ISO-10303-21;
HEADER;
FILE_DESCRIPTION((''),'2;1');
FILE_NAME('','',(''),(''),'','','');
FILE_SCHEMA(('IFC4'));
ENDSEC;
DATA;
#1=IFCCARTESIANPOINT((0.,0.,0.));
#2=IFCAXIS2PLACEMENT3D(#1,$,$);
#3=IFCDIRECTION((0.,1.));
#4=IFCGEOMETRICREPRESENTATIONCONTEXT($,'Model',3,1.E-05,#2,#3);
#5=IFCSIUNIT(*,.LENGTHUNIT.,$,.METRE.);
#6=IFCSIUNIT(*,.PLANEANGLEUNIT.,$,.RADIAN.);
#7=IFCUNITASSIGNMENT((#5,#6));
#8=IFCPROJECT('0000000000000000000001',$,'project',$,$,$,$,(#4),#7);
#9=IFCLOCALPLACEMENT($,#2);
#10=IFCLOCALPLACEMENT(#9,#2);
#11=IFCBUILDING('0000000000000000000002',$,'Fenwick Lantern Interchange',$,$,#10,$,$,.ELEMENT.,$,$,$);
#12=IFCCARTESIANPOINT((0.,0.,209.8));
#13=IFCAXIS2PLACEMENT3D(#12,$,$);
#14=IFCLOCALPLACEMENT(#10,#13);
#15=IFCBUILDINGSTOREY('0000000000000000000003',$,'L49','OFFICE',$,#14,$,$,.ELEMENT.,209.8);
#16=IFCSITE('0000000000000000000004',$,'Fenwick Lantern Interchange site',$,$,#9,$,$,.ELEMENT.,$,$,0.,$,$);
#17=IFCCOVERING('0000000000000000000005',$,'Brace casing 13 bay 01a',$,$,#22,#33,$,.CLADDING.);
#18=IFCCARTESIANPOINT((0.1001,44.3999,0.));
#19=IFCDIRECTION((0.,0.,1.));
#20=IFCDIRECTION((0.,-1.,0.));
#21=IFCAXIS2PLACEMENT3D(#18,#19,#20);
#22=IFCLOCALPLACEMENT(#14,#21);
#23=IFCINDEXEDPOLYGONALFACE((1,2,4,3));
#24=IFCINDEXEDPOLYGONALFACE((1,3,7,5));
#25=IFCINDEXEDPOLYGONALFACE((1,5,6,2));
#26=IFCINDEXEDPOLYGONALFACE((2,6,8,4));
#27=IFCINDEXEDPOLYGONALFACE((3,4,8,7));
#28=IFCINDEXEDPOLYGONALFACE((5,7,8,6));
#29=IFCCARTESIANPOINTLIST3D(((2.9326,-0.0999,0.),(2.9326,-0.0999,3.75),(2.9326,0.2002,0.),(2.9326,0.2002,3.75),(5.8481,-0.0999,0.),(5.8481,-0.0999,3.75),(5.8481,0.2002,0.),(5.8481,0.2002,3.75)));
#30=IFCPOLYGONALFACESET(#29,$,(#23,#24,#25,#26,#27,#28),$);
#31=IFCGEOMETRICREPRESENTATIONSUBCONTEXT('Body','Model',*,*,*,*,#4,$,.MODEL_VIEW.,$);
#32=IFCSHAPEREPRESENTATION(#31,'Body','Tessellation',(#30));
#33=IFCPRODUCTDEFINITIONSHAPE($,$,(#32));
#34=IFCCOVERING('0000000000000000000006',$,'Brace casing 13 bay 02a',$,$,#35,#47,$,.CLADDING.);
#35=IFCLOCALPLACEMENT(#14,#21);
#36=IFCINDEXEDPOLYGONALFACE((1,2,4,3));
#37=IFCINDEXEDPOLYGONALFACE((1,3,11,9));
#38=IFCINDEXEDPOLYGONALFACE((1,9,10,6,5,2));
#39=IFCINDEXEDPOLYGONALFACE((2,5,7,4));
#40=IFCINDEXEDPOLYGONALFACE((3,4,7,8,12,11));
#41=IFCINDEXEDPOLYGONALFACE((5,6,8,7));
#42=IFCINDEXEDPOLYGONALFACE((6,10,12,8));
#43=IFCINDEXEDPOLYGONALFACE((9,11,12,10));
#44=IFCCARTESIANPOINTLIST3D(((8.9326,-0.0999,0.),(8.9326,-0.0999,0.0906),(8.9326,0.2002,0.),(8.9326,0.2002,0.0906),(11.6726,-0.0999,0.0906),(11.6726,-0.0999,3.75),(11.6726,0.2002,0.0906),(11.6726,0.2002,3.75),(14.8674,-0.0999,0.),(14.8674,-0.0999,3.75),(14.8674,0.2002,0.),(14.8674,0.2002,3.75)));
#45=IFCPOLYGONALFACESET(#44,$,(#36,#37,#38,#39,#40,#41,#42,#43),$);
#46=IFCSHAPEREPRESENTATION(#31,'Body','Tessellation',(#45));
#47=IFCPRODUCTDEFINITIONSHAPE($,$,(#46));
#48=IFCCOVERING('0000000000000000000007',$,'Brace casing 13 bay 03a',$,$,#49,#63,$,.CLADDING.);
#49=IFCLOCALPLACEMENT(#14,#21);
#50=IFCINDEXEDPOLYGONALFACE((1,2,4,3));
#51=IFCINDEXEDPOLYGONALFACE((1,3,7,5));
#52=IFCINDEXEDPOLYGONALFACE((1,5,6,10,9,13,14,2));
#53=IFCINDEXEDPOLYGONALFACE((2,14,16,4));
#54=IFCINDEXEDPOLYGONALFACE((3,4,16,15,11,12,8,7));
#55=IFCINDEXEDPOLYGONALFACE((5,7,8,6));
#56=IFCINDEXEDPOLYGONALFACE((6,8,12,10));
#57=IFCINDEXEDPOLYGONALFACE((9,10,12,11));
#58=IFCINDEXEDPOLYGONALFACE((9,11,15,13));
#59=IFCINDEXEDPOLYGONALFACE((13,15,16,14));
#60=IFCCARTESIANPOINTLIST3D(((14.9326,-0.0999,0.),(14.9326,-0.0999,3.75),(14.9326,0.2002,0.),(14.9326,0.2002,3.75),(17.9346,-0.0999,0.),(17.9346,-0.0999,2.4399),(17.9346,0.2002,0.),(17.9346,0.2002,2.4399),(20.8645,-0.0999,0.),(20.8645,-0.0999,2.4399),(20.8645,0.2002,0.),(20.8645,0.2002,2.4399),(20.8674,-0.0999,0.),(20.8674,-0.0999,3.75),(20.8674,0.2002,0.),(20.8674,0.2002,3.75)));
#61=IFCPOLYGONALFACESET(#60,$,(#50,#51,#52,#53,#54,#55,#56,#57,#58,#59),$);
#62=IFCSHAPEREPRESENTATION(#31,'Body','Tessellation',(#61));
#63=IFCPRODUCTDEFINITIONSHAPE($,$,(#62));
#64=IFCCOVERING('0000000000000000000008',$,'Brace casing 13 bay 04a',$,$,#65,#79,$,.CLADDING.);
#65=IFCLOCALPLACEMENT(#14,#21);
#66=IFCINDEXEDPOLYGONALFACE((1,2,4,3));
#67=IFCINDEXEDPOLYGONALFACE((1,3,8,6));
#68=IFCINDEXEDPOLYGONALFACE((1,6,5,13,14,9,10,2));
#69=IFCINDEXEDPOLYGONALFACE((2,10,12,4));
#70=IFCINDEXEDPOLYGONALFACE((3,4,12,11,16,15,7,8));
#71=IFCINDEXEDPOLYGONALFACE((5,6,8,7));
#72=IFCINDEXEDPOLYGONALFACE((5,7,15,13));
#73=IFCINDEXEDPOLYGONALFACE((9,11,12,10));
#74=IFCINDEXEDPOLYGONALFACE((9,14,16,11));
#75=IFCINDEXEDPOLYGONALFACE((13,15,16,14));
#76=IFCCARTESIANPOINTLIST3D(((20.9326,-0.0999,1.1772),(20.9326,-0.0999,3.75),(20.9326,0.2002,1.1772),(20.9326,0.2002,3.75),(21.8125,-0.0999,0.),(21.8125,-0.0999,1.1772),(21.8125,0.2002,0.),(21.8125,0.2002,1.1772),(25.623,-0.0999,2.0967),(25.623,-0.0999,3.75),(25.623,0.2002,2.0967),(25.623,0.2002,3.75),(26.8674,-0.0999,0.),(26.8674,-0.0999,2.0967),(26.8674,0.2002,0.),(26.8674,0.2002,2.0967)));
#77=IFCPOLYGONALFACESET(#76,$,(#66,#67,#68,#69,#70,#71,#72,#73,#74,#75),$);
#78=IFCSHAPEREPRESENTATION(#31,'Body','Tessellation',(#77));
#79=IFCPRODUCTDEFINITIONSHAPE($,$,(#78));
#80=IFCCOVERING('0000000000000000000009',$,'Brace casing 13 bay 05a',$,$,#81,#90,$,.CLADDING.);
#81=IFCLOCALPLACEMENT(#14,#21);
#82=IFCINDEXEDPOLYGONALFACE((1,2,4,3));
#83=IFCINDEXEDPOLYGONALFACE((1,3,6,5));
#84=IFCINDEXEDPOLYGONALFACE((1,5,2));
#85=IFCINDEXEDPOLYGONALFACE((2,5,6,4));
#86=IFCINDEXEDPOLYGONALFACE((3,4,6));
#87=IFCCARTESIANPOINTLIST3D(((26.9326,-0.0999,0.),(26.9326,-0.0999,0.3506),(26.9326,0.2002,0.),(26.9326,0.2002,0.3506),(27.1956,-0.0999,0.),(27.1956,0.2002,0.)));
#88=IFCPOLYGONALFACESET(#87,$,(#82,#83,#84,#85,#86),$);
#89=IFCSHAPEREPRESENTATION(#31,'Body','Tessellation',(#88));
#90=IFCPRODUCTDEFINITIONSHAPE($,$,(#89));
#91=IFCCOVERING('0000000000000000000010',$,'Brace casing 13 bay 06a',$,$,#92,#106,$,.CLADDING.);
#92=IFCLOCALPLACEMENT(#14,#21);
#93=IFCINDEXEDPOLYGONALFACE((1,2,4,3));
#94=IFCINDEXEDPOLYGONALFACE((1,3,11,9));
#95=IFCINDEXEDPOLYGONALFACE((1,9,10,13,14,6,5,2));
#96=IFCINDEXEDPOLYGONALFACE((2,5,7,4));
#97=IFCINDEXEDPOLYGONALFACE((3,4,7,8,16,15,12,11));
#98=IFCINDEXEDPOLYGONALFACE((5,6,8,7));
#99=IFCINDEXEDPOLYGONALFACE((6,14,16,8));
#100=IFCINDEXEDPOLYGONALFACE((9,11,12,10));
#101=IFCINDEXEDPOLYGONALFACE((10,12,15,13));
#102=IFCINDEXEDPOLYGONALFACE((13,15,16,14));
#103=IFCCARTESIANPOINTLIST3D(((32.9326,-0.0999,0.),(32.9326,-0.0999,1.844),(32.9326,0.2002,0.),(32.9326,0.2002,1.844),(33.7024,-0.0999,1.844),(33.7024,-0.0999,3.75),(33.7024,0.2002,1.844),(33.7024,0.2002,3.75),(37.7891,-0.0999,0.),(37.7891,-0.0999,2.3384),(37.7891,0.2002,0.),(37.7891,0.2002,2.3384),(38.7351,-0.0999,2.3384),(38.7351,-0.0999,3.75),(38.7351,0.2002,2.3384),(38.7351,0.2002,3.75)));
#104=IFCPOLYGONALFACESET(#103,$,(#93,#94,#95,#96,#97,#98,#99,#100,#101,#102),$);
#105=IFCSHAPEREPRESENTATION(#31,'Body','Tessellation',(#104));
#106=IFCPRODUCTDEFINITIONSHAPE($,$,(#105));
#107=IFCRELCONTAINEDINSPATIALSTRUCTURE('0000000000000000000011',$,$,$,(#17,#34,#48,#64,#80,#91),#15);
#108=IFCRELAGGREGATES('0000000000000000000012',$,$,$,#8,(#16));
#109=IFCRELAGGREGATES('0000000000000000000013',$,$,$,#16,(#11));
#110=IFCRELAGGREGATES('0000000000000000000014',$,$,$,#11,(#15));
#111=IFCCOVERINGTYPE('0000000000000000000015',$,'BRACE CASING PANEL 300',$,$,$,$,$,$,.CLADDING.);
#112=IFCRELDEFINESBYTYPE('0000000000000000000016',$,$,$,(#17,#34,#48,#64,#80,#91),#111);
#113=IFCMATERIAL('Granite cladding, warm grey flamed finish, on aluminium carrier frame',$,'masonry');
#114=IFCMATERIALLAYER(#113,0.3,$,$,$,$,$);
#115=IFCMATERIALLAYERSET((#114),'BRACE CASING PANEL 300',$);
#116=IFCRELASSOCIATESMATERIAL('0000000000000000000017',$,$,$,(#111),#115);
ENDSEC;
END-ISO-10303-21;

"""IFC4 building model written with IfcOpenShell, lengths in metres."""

from ifc_helpers import new_model, si_unit, direction, frame, origin, place, context, subcontext, project, spatial, polyline, outline, extrude, material, layer, layer_set, type_object, element, save


model = new_model("IFC4")

# Units and contexts
model_context = context("Model", 3, precision=1e-05, world=origin(), true_north=direction((0.0, 1.0)))
body_context = subcontext(model_context, "Body", "Model", "MODEL_VIEW")
ifc_project = project(units=[si_unit("LENGTHUNIT", "METRE"), si_unit("PLANEANGLEUNIT", "RADIAN")], contexts=[model_context])

# Site, building, storey
site_placement = place(None, origin())
site = spatial("IfcSite", under=ifc_project, at=site_placement, Name="Fenwick Lantern Interchange site", CompositionType="ELEMENT", RefElevation=0.0)
building_placement = place(site_placement, origin())
building = spatial("IfcBuilding", under=site, at=building_placement, Name="Fenwick Lantern Interchange", CompositionType="ELEMENT")
storey_placement = place(building_placement, frame((0.0, 0.0, 209.8)))
storey = spatial("IfcBuildingStorey", under=building, at=storey_placement, Name="L49", Description="OFFICE", CompositionType="ELEMENT", Elevation=209.8)

# Coverings
ifc_material_1 = material(Name="Granite cladding, warm grey flamed finish, on aluminium carrier frame", Category="masonry")
ifc_layer_1 = layer(ifc_material_1, 0.3)
ifc_layer_set_1 = layer_set([ifc_layer_1], Name="BRACE CASING PANEL 300")
covering_type = type_object("IfcCoveringType", Name="BRACE CASING PANEL 300", PredefinedType="CLADDING", material=ifc_layer_set_1)
covering_1_placement = place(storey_placement, frame((0.1001, 44.3999, 0.0), z_axis=(0.0, 0.0, 1.0), x_axis=(0.0, -1.0, 0.0)))
element("IfcCovering", 1, at=covering_1_placement, inside=storey, type_object=covering_type, Name="Brace casing 13 bay 01a", PredefinedType="CLADDING", context=body_context, shape_type="SweptSolid", body=[
    extrude(outline(polyline([(2.9326, 0.0), (5.8481, 0.0), (5.8481, 3.75), (2.9326, 3.75), (2.9326, 0.0)])), frame((0.0, 0.2002, 0.0), z_axis=(0.0, -1.0, 0.0), x_axis=(1.0, 0.0, 0.0)), (0.0, 0.0, 1.0), 0.3),
])
covering_2_placement = place(storey_placement, frame((0.1001, 44.3999, 0.0), z_axis=(0.0, 0.0, 1.0), x_axis=(0.0, -1.0, 0.0)))
element("IfcCovering", 2, at=covering_2_placement, inside=storey, type_object=covering_type, Name="Brace casing 13 bay 02a", PredefinedType="CLADDING", context=body_context, shape_type="SweptSolid", body=[
    extrude(outline(polyline([(8.9326, 0.0), (14.8674, 0.0), (14.8674, 3.75), (11.6726, 3.75), (11.6726, 0.0906), (8.9326, 0.0906), (8.9326, 0.0)])), frame((0.0, 0.2002, 0.0), z_axis=(0.0, -1.0, 0.0), x_axis=(1.0, 0.0, 0.0)), (0.0, 0.0, 1.0), 0.3),
])
covering_3_placement = place(storey_placement, frame((0.1001, 44.3999, 0.0), z_axis=(0.0, 0.0, 1.0), x_axis=(0.0, -1.0, 0.0)))
element("IfcCovering", 3, at=covering_3_placement, inside=storey, type_object=covering_type, Name="Brace casing 13 bay 03a", PredefinedType="CLADDING", context=body_context, shape_type="SweptSolid", body=[
    extrude(outline(polyline([(14.9326, 0.0), (17.9346, 0.0), (17.9346, 2.4399), (20.8645, 2.4399), (20.8645, 0.0), (20.8674, 0.0), (20.8674, 3.75), (14.9326, 3.75), (14.9326, 0.0)])), frame((0.0, 0.2002, 0.0), z_axis=(0.0, -1.0, 0.0), x_axis=(1.0, 0.0, 0.0)), (0.0, 0.0, 1.0), 0.3),
])
covering_4_placement = place(storey_placement, frame((0.1001, 44.3999, 0.0), z_axis=(0.0, 0.0, 1.0), x_axis=(0.0, -1.0, 0.0)))
element("IfcCovering", 4, at=covering_4_placement, inside=storey, type_object=covering_type, Name="Brace casing 13 bay 04a", PredefinedType="CLADDING", context=body_context, shape_type="SweptSolid", body=[
    extrude(outline(polyline([(21.8125, 0.0), (26.8674, 0.0), (26.8674, 2.0967), (25.623, 2.0967), (25.623, 3.75), (20.9326, 3.75), (20.9326, 1.1772), (21.8125, 1.1772), (21.8125, 0.0)])), frame((0.0, 0.2002, 0.0), z_axis=(0.0, -1.0, 0.0), x_axis=(1.0, 0.0, 0.0)), (0.0, 0.0, 1.0), 0.3),
])
covering_5_placement = place(storey_placement, frame((0.1001, 44.3999, 0.0), z_axis=(0.0, 0.0, 1.0), x_axis=(0.0, -1.0, 0.0)))
element("IfcCovering", 5, at=covering_5_placement, inside=storey, type_object=covering_type, Name="Brace casing 13 bay 05a", PredefinedType="CLADDING", context=body_context, shape_type="SweptSolid", body=[
    extrude(outline(polyline([(26.9326, 0.0), (27.1956, 0.0), (26.9326, 0.3506), (26.9326, 0.0)])), frame((0.0, 0.2002, 0.0), z_axis=(0.0, -1.0, 0.0), x_axis=(1.0, 0.0, 0.0)), (0.0, 0.0, 1.0), 0.3),
])
covering_6_placement = place(storey_placement, frame((0.1001, 44.3999, 0.0), z_axis=(0.0, 0.0, 1.0), x_axis=(0.0, -1.0, 0.0)))
element("IfcCovering", 6, at=covering_6_placement, inside=storey, type_object=covering_type, Name="Brace casing 13 bay 06a", PredefinedType="CLADDING", context=body_context, shape_type="SweptSolid", body=[
    extrude(outline(polyline([(32.9326, 0.0), (37.7891, 0.0), (37.7891, 2.3384), (38.7351, 2.3384), (38.7351, 3.75), (33.7024, 3.75), (33.7024, 1.844), (32.9326, 1.844), (32.9326, 0.0)])), frame((0.0, 0.2002, 0.0), z_axis=(0.0, -1.0, 0.0), x_axis=(1.0, 0.0, 0.0)), (0.0, 0.0, 1.0), 0.3),
])

save(model, "model.ifc")
